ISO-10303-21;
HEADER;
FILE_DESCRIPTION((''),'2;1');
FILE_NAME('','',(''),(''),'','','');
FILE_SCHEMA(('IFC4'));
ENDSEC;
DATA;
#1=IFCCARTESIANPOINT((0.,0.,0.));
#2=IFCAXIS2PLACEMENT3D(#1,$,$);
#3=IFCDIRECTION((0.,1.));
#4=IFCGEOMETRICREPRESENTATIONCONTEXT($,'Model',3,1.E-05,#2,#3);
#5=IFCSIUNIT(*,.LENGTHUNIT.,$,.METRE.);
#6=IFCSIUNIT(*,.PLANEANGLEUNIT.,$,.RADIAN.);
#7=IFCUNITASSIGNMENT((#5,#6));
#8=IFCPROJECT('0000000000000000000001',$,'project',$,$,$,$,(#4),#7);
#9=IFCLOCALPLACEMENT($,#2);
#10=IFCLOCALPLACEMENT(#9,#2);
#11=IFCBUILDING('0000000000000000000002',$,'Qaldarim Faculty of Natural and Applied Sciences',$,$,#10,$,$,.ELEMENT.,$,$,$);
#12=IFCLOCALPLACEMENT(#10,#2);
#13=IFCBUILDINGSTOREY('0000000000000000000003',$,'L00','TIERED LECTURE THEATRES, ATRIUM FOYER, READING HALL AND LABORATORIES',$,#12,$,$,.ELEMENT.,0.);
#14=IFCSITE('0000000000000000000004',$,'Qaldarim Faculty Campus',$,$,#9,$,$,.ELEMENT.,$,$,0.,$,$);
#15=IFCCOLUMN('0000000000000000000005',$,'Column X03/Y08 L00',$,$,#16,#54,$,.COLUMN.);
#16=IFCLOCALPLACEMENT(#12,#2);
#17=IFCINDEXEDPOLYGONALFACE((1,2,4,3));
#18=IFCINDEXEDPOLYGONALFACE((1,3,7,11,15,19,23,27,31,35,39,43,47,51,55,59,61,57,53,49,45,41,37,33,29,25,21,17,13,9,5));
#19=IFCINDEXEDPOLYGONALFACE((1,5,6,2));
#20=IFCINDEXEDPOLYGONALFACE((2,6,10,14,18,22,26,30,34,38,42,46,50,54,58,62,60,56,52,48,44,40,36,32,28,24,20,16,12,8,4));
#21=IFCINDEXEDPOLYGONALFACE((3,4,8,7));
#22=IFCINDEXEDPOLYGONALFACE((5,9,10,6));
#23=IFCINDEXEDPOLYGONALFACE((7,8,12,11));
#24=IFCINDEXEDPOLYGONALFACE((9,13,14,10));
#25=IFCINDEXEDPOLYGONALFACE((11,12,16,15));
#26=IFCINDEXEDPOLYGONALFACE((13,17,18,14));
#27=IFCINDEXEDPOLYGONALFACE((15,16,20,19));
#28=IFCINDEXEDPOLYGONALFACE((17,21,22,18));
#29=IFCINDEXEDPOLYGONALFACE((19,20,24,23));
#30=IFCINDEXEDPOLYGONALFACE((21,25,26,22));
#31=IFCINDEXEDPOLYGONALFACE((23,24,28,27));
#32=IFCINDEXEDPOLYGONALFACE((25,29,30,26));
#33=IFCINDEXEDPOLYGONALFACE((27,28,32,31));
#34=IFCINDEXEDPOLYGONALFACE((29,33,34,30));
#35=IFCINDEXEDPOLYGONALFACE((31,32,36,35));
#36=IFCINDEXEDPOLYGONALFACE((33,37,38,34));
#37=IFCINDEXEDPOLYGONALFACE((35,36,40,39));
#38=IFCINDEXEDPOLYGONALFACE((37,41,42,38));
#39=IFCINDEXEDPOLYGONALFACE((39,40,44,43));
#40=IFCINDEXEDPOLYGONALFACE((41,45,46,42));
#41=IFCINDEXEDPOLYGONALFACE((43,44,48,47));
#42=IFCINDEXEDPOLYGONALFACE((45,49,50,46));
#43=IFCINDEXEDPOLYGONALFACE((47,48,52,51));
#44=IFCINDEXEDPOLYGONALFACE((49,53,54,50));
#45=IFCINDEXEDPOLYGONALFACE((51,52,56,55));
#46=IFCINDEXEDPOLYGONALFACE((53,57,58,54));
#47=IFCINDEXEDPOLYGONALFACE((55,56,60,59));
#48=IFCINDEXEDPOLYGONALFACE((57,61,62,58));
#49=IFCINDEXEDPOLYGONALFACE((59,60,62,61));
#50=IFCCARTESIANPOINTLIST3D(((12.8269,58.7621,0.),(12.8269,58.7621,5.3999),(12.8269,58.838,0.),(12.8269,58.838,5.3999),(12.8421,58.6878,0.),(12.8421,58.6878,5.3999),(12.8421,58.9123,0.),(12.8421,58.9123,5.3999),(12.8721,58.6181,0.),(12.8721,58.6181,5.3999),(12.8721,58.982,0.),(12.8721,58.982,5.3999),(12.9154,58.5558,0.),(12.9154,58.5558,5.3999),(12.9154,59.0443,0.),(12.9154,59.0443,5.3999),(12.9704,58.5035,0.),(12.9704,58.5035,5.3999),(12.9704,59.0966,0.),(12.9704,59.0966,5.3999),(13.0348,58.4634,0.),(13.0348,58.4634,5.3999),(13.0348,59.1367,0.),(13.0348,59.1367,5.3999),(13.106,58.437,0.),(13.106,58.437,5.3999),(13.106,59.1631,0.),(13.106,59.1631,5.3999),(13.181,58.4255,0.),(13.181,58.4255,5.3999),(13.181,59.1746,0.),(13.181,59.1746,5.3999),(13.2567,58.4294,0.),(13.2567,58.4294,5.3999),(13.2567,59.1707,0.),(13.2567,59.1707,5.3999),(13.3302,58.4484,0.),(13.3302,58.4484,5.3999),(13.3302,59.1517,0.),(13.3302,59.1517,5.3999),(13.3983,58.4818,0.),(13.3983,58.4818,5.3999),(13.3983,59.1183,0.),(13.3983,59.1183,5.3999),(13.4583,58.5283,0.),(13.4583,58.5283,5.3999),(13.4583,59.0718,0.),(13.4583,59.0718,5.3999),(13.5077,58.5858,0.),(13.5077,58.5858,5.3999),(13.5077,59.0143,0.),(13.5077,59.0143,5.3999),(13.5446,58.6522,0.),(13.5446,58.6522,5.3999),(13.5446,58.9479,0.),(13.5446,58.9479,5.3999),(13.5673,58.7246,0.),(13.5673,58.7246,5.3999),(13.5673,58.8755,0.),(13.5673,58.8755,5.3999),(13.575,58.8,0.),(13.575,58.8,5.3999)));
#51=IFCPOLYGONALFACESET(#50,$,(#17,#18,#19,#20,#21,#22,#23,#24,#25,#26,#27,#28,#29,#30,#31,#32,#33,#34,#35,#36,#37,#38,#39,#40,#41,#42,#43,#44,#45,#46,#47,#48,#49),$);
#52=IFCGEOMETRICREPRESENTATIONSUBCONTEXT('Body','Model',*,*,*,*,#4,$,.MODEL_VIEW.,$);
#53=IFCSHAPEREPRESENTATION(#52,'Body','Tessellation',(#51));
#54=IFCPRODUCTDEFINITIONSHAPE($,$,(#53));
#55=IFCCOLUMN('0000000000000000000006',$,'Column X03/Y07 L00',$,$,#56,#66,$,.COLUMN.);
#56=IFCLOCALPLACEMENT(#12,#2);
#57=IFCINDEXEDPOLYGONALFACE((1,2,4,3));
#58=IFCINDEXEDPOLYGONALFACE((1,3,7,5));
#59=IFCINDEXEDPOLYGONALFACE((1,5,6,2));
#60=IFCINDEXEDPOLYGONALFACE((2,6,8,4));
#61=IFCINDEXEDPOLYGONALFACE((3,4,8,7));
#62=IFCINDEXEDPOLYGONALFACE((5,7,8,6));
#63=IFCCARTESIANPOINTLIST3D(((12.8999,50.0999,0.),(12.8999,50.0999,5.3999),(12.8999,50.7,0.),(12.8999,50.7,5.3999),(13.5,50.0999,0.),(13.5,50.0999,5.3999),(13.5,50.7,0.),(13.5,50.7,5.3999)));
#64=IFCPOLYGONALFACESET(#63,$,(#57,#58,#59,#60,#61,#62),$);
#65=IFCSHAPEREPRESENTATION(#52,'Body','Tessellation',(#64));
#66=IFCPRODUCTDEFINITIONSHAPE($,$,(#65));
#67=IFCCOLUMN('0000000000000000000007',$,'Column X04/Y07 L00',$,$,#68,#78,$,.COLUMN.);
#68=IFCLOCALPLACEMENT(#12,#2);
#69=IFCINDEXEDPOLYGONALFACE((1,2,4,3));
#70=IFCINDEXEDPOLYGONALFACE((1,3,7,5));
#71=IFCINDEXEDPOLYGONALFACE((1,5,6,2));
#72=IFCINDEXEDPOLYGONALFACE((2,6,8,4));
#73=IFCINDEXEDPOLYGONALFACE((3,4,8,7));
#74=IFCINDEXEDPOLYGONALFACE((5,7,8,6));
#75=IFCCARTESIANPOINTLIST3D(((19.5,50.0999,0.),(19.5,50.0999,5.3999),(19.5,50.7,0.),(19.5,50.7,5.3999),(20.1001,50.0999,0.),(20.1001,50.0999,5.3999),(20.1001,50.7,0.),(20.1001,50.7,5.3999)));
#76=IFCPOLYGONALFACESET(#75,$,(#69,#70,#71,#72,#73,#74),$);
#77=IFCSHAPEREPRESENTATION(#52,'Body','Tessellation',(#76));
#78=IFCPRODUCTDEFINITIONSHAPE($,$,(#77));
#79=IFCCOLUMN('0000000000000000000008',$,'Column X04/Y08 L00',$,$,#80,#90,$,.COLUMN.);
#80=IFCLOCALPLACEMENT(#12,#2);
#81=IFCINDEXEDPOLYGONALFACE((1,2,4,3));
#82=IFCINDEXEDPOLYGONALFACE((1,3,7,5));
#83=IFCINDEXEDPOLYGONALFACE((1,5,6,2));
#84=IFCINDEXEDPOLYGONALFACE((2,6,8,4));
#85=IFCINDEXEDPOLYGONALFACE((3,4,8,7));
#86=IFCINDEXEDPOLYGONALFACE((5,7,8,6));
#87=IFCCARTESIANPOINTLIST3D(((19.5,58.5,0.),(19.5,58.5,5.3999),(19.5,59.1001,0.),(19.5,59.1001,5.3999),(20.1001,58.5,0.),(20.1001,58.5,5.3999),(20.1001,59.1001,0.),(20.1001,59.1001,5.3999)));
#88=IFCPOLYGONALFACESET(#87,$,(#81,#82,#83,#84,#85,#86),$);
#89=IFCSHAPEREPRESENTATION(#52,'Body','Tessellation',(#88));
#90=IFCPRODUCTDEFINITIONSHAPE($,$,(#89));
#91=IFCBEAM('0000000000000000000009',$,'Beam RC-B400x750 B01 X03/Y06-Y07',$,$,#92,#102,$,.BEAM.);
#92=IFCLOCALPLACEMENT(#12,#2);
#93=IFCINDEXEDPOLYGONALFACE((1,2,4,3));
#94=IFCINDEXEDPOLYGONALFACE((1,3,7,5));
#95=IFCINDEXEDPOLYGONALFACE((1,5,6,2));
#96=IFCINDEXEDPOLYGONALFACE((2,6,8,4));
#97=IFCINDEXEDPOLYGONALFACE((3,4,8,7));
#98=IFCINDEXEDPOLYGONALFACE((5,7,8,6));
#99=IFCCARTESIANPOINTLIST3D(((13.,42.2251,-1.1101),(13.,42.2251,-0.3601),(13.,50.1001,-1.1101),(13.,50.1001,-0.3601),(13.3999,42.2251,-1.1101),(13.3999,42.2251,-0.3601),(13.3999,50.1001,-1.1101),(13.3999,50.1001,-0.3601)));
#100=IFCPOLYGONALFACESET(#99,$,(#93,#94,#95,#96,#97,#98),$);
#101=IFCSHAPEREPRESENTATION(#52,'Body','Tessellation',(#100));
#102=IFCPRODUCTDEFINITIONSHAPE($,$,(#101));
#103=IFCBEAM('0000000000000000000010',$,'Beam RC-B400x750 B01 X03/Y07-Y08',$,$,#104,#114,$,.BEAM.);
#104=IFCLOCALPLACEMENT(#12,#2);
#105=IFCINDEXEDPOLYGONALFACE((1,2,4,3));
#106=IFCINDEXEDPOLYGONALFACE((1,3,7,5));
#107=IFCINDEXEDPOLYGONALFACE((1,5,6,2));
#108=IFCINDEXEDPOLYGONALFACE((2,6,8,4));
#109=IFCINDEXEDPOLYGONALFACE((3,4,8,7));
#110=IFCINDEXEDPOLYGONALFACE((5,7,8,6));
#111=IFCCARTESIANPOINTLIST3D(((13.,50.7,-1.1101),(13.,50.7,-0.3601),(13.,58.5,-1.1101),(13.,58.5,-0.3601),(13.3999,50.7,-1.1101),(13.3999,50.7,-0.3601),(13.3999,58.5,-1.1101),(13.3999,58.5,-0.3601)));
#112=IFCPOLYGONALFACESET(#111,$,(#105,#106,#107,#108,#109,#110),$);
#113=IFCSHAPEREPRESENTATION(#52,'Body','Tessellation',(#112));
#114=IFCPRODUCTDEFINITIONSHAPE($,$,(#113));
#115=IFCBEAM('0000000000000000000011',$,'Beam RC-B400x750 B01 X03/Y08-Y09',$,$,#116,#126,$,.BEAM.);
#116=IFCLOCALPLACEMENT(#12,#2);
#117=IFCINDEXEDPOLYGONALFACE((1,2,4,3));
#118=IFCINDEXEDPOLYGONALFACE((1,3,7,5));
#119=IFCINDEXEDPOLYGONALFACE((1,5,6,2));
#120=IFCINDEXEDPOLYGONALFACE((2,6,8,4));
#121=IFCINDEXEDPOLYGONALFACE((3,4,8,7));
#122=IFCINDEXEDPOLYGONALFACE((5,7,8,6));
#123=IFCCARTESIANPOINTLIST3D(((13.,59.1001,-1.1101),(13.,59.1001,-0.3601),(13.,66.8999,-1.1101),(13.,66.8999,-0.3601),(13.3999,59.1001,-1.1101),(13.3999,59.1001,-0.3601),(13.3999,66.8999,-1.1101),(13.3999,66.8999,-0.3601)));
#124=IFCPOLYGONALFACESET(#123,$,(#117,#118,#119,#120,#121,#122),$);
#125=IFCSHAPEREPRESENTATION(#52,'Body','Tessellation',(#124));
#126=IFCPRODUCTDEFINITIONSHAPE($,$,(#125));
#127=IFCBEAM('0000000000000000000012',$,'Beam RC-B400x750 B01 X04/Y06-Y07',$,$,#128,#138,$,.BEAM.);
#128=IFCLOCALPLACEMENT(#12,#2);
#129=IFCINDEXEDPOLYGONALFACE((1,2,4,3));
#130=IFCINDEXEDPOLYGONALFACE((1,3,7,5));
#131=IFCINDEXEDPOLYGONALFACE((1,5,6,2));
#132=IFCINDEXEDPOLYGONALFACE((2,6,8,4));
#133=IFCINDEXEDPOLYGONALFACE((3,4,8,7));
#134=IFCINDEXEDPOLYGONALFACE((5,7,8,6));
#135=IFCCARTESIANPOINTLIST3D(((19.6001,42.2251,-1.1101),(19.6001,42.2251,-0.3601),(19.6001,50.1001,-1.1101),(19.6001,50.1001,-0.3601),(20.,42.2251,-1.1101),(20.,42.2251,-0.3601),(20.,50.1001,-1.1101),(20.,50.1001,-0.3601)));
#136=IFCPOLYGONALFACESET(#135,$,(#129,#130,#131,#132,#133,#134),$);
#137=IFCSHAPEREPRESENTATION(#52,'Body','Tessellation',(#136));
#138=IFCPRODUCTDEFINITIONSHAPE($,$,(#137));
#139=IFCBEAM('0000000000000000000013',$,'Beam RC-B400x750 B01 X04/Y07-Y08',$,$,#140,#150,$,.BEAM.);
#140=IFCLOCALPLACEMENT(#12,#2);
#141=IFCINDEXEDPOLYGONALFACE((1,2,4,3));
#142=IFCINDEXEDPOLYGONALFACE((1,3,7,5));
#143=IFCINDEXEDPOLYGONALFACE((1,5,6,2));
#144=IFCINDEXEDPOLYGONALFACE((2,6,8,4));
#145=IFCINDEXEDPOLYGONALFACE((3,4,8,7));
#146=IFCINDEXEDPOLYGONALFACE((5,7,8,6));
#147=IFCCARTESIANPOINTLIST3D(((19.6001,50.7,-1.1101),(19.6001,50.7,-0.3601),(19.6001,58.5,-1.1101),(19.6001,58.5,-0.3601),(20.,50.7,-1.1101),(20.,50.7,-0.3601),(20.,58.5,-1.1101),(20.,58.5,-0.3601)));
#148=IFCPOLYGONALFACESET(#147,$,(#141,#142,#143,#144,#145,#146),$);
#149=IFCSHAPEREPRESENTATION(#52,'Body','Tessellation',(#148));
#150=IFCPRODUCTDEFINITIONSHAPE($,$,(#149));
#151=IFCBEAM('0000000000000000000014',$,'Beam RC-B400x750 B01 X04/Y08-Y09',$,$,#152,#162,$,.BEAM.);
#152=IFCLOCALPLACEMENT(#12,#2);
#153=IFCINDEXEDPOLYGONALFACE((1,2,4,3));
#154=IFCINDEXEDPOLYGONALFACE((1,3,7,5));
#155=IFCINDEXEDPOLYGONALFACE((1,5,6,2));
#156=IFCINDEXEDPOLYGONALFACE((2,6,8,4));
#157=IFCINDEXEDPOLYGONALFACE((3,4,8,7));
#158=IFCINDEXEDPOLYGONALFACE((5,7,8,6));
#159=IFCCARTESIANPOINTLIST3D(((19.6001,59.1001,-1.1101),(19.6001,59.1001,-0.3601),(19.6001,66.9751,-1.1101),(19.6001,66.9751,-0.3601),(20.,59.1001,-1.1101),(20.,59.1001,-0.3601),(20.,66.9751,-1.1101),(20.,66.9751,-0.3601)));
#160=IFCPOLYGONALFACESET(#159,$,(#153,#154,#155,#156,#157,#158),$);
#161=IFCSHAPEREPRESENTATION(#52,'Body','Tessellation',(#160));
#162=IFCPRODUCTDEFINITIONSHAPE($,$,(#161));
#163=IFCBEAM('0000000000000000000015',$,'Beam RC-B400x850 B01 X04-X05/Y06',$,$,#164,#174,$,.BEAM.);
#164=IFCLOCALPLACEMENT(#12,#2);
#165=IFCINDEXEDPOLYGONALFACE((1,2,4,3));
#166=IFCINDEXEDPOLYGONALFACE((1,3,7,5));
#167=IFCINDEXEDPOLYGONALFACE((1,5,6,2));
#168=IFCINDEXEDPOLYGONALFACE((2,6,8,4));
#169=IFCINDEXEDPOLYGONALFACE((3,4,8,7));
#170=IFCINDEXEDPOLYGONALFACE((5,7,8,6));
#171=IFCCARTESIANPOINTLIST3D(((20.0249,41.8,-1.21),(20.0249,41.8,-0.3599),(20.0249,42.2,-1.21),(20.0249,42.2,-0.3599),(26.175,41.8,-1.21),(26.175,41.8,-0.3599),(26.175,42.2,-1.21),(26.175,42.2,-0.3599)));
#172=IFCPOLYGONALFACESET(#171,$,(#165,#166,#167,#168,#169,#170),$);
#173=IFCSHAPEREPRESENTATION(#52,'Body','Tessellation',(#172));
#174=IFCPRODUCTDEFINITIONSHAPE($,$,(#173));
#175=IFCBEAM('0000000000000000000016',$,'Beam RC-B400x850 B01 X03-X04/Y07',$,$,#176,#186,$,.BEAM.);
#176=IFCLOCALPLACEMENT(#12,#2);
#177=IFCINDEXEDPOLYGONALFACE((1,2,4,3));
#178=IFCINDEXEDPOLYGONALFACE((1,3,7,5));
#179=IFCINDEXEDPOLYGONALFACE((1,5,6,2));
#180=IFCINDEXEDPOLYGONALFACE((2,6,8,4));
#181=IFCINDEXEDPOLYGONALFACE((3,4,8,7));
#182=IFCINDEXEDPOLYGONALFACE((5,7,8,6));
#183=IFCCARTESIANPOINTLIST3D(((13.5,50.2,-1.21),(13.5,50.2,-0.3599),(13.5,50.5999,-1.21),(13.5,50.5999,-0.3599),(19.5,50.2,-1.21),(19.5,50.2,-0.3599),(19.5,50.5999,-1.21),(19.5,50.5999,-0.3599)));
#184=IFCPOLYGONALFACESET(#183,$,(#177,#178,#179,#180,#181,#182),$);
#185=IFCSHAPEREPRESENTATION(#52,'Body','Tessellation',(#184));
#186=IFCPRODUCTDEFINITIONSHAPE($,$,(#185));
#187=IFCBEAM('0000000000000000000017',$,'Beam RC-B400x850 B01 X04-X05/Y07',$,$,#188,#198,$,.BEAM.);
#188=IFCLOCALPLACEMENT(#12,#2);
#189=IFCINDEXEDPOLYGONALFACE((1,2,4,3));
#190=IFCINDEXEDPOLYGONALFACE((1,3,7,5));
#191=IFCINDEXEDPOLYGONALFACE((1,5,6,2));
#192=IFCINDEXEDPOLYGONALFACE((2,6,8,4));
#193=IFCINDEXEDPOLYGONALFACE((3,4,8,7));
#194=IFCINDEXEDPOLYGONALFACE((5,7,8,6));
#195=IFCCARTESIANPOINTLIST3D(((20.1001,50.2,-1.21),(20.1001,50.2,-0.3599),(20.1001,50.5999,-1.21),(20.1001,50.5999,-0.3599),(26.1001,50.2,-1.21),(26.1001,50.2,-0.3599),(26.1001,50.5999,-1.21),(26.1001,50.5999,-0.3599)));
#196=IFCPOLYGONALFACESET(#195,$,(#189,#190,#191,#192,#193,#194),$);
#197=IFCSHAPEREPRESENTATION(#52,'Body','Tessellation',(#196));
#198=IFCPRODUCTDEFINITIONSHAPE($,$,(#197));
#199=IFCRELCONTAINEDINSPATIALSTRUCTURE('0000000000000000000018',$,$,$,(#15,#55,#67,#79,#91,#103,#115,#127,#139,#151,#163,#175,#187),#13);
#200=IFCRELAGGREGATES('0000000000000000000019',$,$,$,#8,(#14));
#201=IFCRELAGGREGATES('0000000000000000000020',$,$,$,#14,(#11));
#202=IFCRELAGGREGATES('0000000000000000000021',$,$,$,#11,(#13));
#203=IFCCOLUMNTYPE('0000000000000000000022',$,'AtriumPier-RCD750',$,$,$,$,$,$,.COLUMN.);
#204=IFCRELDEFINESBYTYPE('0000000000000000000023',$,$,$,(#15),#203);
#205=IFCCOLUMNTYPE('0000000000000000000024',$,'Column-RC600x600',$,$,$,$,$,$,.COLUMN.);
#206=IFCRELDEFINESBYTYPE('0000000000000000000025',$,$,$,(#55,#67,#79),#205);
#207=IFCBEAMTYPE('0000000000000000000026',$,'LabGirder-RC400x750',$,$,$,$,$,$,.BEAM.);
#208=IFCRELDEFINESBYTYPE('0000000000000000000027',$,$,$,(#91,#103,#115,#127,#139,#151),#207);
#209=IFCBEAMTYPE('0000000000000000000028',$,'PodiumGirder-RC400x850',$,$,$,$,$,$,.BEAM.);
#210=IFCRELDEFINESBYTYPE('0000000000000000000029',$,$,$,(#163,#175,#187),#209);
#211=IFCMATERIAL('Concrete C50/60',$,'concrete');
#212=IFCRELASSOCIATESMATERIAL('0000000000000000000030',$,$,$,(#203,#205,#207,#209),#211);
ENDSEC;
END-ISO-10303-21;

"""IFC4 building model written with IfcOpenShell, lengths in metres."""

from ifc_helpers import new_model, si_unit, direction, frame, origin, origin_2d, place, context, subcontext, project, spatial, rectangle, circle, extrude, material, material_profile, profile_set, type_object, element, save


model = new_model("IFC4")

# Units and contexts
model_context = context("Model", 3, precision=1e-05, world=origin(), true_north=direction((0.0, 1.0)))
body_context = subcontext(model_context, "Body", "Model", "MODEL_VIEW")
ifc_project = project(units=[si_unit("LENGTHUNIT", "METRE"), si_unit("PLANEANGLEUNIT", "RADIAN")], contexts=[model_context])

# Site, building, storey
site_placement = place(None, origin())
site = spatial("IfcSite", under=ifc_project, at=site_placement, Name="Qaldarim Faculty Campus", CompositionType="ELEMENT", RefElevation=0.0)
building_placement = place(site_placement, origin())
building = spatial("IfcBuilding", under=site, at=building_placement, Name="Qaldarim Faculty of Natural and Applied Sciences", CompositionType="ELEMENT")
storey_placement = place(building_placement, origin())
storey = spatial("IfcBuildingStorey", under=building, at=storey_placement, Name="L00", Description="TIERED LECTURE THEATRES, ATRIUM FOYER, READING HALL AND LABORATORIES", CompositionType="ELEMENT", Elevation=0.0)

# Columns
ifc_material_1 = material(Name="Concrete C50/60", Category="concrete")
ifc_material_profile_1 = material_profile(ifc_material_1, circle(Radius=0.375, at=origin_2d()), Name="RC-D750")
ifc_profile_set_1 = profile_set([ifc_material_profile_1], Name="Concrete C50/60")
column_type_1 = type_object("IfcColumnType", Name="AtriumPier-RCD750", PredefinedType="COLUMN", material=ifc_profile_set_1)
column_placement = place(storey_placement, frame((13.2, 58.8, 0.0), z_axis=(0.0, 0.0, 1.0), x_axis=(1.0, 0.0, 0.0)))
element("IfcColumn", 1, at=column_placement, inside=storey, type_object=column_type_1, Name="Column X03/Y08 L00", PredefinedType="COLUMN", context=body_context, shape_type="SweptSolid", body=[
    extrude(circle(Radius=0.375, at=origin_2d()), origin(), (0.0, 0.0, 1.0), 5.3999),
])
ifc_material_profile_2 = material_profile(ifc_material_1, rectangle(XDim=0.6001, YDim=0.6001, at=origin_2d()), Name="RC-C600x600")
ifc_profile_set_2 = profile_set([ifc_material_profile_2], Name="Concrete C50/60")
column_type_2 = type_object("IfcColumnType", Name="Column-RC600x600", PredefinedType="COLUMN", material=ifc_profile_set_2)
for number, where, z_axis, x_axis, name in (
    (2, (13.2, 50.3999, 0.0), (0.0, 0.0, 1.0), (1.0, 0.0, 0.0), "Column X03/Y07 L00"),
    (3, (19.8, 50.3999, 0.0), (0.0, 0.0, 1.0), (1.0, 0.0, 0.0), "Column X04/Y07 L00"),
    (4, (19.8, 58.8, 0.0), (0.0, 0.0, 1.0), (1.0, 0.0, 0.0), "Column X04/Y08 L00"),
):
    element("IfcColumn", number, at=place(storey_placement, frame(where, z_axis=z_axis, x_axis=x_axis)), inside=storey, type_object=column_type_2, Name=name, PredefinedType="COLUMN", context=body_context, shape_type="SweptSolid", body=[
        extrude(rectangle(XDim=0.6001, YDim=0.6001, at=origin_2d()), origin(), (0.0, 0.0, 1.0), 5.3999),
    ])

# Beams
ifc_material_profile_3 = material_profile(ifc_material_1, rectangle(XDim=0.3999, YDim=0.75, at=origin_2d()), Name="RC-B400x750")
ifc_profile_set_3 = profile_set([ifc_material_profile_3], Name="Concrete C50/60")
beam_type_1 = type_object("IfcBeamType", Name="LabGirder-RC400x750", PredefinedType="BEAM", material=ifc_profile_set_3)
beam_1_placement = place(storey_placement, frame((13.2, 42.2251, -0.7351), z_axis=(0.0, 1.0, 0.0), x_axis=(-1.0, 0.0, 0.0)))
element("IfcBeam", 5, at=beam_1_placement, inside=storey, type_object=beam_type_1, Name="Beam RC-B400x750 B01 X03/Y06-Y07", PredefinedType="BEAM", context=body_context, shape_type="SweptSolid", body=[
    extrude(rectangle(XDim=0.3999, YDim=0.75, at=origin_2d()), origin(), (0.0, 0.0, 1.0), 7.875),
])
beam_2_placement = place(storey_placement, frame((13.2, 50.7, -0.7351), z_axis=(0.0, 1.0, 0.0), x_axis=(-1.0, 0.0, 0.0)))
element("IfcBeam", 6, at=beam_2_placement, inside=storey, type_object=beam_type_1, Name="Beam RC-B400x750 B01 X03/Y07-Y08", PredefinedType="BEAM", context=body_context, shape_type="SweptSolid", body=[
    extrude(rectangle(XDim=0.3999, YDim=0.75, at=origin_2d()), origin(), (0.0, 0.0, 1.0), 7.8),
])
beam_3_placement = place(storey_placement, frame((13.2, 59.1001, -0.7351), z_axis=(0.0, 1.0, 0.0), x_axis=(-1.0, 0.0, 0.0)))
element("IfcBeam", 7, at=beam_3_placement, inside=storey, type_object=beam_type_1, Name="Beam RC-B400x750 B01 X03/Y08-Y09", PredefinedType="BEAM", context=body_context, shape_type="SweptSolid", body=[
    extrude(rectangle(XDim=0.3999, YDim=0.75, at=origin_2d()), origin(), (0.0, 0.0, 1.0), 7.7998),
])
beam_4_placement = place(storey_placement, frame((19.8, 42.2251, -0.7351), z_axis=(0.0, 1.0, 0.0), x_axis=(-1.0, 0.0, 0.0)))
element("IfcBeam", 8, at=beam_4_placement, inside=storey, type_object=beam_type_1, Name="Beam RC-B400x750 B01 X04/Y06-Y07", PredefinedType="BEAM", context=body_context, shape_type="SweptSolid", body=[
    extrude(rectangle(XDim=0.3999, YDim=0.75, at=origin_2d()), origin(), (0.0, 0.0, 1.0), 7.875),
])
beam_5_placement = place(storey_placement, frame((19.8, 50.7, -0.7351), z_axis=(0.0, 1.0, 0.0), x_axis=(-1.0, 0.0, 0.0)))
element("IfcBeam", 9, at=beam_5_placement, inside=storey, type_object=beam_type_1, Name="Beam RC-B400x750 B01 X04/Y07-Y08", PredefinedType="BEAM", context=body_context, shape_type="SweptSolid", body=[
    extrude(rectangle(XDim=0.3999, YDim=0.75, at=origin_2d()), origin(), (0.0, 0.0, 1.0), 7.8),
])
beam_6_placement = place(storey_placement, frame((19.8, 59.1001, -0.7351), z_axis=(0.0, 1.0, 0.0), x_axis=(-1.0, 0.0, 0.0)))
element("IfcBeam", 10, at=beam_6_placement, inside=storey, type_object=beam_type_1, Name="Beam RC-B400x750 B01 X04/Y08-Y09", PredefinedType="BEAM", context=body_context, shape_type="SweptSolid", body=[
    extrude(rectangle(XDim=0.3999, YDim=0.75, at=origin_2d()), origin(), (0.0, 0.0, 1.0), 7.875),
])
ifc_material_profile_4 = material_profile(ifc_material_1, rectangle(XDim=0.3999, YDim=0.8501, at=origin_2d()), Name="RC-B400x850")
ifc_profile_set_4 = profile_set([ifc_material_profile_4], Name="Concrete C50/60")
beam_type_2 = type_object("IfcBeamType", Name="PodiumGirder-RC400x850", PredefinedType="BEAM", material=ifc_profile_set_4)
beam_7_placement = place(storey_placement, frame((20.0249, 42.0, -0.7849), z_axis=(1.0, 0.0, 0.0), x_axis=(0.0, 1.0, 0.0)))
element("IfcBeam", 11, at=beam_7_placement, inside=storey, type_object=beam_type_2, Name="Beam RC-B400x850 B01 X04-X05/Y06", PredefinedType="BEAM", context=body_context, shape_type="SweptSolid", body=[
    extrude(rectangle(XDim=0.3999, YDim=0.8501, at=origin_2d()), origin(), (0.0, 0.0, 1.0), 6.1501),
])
for number, where, z_axis, x_axis, name in (
    (12, (13.5, 50.3999, -0.7849), (1.0, 0.0, 0.0), (0.0, 1.0, 0.0), "Beam RC-B400x850 B01 X03-X04/Y07"),
    (13, (20.1001, 50.3999, -0.7849), (1.0, 0.0, 0.0), (0.0, 1.0, 0.0), "Beam RC-B400x850 B01 X04-X05/Y07"),
):
    element("IfcBeam", number, at=place(storey_placement, frame(where, z_axis=z_axis, x_axis=x_axis)), inside=storey, type_object=beam_type_2, Name=name, PredefinedType="BEAM", context=body_context, shape_type="SweptSolid", body=[
        extrude(rectangle(XDim=0.3999, YDim=0.8501, at=origin_2d()), origin(), (0.0, 0.0, 1.0), 6.0),
    ])

save(model, "model.ifc")
